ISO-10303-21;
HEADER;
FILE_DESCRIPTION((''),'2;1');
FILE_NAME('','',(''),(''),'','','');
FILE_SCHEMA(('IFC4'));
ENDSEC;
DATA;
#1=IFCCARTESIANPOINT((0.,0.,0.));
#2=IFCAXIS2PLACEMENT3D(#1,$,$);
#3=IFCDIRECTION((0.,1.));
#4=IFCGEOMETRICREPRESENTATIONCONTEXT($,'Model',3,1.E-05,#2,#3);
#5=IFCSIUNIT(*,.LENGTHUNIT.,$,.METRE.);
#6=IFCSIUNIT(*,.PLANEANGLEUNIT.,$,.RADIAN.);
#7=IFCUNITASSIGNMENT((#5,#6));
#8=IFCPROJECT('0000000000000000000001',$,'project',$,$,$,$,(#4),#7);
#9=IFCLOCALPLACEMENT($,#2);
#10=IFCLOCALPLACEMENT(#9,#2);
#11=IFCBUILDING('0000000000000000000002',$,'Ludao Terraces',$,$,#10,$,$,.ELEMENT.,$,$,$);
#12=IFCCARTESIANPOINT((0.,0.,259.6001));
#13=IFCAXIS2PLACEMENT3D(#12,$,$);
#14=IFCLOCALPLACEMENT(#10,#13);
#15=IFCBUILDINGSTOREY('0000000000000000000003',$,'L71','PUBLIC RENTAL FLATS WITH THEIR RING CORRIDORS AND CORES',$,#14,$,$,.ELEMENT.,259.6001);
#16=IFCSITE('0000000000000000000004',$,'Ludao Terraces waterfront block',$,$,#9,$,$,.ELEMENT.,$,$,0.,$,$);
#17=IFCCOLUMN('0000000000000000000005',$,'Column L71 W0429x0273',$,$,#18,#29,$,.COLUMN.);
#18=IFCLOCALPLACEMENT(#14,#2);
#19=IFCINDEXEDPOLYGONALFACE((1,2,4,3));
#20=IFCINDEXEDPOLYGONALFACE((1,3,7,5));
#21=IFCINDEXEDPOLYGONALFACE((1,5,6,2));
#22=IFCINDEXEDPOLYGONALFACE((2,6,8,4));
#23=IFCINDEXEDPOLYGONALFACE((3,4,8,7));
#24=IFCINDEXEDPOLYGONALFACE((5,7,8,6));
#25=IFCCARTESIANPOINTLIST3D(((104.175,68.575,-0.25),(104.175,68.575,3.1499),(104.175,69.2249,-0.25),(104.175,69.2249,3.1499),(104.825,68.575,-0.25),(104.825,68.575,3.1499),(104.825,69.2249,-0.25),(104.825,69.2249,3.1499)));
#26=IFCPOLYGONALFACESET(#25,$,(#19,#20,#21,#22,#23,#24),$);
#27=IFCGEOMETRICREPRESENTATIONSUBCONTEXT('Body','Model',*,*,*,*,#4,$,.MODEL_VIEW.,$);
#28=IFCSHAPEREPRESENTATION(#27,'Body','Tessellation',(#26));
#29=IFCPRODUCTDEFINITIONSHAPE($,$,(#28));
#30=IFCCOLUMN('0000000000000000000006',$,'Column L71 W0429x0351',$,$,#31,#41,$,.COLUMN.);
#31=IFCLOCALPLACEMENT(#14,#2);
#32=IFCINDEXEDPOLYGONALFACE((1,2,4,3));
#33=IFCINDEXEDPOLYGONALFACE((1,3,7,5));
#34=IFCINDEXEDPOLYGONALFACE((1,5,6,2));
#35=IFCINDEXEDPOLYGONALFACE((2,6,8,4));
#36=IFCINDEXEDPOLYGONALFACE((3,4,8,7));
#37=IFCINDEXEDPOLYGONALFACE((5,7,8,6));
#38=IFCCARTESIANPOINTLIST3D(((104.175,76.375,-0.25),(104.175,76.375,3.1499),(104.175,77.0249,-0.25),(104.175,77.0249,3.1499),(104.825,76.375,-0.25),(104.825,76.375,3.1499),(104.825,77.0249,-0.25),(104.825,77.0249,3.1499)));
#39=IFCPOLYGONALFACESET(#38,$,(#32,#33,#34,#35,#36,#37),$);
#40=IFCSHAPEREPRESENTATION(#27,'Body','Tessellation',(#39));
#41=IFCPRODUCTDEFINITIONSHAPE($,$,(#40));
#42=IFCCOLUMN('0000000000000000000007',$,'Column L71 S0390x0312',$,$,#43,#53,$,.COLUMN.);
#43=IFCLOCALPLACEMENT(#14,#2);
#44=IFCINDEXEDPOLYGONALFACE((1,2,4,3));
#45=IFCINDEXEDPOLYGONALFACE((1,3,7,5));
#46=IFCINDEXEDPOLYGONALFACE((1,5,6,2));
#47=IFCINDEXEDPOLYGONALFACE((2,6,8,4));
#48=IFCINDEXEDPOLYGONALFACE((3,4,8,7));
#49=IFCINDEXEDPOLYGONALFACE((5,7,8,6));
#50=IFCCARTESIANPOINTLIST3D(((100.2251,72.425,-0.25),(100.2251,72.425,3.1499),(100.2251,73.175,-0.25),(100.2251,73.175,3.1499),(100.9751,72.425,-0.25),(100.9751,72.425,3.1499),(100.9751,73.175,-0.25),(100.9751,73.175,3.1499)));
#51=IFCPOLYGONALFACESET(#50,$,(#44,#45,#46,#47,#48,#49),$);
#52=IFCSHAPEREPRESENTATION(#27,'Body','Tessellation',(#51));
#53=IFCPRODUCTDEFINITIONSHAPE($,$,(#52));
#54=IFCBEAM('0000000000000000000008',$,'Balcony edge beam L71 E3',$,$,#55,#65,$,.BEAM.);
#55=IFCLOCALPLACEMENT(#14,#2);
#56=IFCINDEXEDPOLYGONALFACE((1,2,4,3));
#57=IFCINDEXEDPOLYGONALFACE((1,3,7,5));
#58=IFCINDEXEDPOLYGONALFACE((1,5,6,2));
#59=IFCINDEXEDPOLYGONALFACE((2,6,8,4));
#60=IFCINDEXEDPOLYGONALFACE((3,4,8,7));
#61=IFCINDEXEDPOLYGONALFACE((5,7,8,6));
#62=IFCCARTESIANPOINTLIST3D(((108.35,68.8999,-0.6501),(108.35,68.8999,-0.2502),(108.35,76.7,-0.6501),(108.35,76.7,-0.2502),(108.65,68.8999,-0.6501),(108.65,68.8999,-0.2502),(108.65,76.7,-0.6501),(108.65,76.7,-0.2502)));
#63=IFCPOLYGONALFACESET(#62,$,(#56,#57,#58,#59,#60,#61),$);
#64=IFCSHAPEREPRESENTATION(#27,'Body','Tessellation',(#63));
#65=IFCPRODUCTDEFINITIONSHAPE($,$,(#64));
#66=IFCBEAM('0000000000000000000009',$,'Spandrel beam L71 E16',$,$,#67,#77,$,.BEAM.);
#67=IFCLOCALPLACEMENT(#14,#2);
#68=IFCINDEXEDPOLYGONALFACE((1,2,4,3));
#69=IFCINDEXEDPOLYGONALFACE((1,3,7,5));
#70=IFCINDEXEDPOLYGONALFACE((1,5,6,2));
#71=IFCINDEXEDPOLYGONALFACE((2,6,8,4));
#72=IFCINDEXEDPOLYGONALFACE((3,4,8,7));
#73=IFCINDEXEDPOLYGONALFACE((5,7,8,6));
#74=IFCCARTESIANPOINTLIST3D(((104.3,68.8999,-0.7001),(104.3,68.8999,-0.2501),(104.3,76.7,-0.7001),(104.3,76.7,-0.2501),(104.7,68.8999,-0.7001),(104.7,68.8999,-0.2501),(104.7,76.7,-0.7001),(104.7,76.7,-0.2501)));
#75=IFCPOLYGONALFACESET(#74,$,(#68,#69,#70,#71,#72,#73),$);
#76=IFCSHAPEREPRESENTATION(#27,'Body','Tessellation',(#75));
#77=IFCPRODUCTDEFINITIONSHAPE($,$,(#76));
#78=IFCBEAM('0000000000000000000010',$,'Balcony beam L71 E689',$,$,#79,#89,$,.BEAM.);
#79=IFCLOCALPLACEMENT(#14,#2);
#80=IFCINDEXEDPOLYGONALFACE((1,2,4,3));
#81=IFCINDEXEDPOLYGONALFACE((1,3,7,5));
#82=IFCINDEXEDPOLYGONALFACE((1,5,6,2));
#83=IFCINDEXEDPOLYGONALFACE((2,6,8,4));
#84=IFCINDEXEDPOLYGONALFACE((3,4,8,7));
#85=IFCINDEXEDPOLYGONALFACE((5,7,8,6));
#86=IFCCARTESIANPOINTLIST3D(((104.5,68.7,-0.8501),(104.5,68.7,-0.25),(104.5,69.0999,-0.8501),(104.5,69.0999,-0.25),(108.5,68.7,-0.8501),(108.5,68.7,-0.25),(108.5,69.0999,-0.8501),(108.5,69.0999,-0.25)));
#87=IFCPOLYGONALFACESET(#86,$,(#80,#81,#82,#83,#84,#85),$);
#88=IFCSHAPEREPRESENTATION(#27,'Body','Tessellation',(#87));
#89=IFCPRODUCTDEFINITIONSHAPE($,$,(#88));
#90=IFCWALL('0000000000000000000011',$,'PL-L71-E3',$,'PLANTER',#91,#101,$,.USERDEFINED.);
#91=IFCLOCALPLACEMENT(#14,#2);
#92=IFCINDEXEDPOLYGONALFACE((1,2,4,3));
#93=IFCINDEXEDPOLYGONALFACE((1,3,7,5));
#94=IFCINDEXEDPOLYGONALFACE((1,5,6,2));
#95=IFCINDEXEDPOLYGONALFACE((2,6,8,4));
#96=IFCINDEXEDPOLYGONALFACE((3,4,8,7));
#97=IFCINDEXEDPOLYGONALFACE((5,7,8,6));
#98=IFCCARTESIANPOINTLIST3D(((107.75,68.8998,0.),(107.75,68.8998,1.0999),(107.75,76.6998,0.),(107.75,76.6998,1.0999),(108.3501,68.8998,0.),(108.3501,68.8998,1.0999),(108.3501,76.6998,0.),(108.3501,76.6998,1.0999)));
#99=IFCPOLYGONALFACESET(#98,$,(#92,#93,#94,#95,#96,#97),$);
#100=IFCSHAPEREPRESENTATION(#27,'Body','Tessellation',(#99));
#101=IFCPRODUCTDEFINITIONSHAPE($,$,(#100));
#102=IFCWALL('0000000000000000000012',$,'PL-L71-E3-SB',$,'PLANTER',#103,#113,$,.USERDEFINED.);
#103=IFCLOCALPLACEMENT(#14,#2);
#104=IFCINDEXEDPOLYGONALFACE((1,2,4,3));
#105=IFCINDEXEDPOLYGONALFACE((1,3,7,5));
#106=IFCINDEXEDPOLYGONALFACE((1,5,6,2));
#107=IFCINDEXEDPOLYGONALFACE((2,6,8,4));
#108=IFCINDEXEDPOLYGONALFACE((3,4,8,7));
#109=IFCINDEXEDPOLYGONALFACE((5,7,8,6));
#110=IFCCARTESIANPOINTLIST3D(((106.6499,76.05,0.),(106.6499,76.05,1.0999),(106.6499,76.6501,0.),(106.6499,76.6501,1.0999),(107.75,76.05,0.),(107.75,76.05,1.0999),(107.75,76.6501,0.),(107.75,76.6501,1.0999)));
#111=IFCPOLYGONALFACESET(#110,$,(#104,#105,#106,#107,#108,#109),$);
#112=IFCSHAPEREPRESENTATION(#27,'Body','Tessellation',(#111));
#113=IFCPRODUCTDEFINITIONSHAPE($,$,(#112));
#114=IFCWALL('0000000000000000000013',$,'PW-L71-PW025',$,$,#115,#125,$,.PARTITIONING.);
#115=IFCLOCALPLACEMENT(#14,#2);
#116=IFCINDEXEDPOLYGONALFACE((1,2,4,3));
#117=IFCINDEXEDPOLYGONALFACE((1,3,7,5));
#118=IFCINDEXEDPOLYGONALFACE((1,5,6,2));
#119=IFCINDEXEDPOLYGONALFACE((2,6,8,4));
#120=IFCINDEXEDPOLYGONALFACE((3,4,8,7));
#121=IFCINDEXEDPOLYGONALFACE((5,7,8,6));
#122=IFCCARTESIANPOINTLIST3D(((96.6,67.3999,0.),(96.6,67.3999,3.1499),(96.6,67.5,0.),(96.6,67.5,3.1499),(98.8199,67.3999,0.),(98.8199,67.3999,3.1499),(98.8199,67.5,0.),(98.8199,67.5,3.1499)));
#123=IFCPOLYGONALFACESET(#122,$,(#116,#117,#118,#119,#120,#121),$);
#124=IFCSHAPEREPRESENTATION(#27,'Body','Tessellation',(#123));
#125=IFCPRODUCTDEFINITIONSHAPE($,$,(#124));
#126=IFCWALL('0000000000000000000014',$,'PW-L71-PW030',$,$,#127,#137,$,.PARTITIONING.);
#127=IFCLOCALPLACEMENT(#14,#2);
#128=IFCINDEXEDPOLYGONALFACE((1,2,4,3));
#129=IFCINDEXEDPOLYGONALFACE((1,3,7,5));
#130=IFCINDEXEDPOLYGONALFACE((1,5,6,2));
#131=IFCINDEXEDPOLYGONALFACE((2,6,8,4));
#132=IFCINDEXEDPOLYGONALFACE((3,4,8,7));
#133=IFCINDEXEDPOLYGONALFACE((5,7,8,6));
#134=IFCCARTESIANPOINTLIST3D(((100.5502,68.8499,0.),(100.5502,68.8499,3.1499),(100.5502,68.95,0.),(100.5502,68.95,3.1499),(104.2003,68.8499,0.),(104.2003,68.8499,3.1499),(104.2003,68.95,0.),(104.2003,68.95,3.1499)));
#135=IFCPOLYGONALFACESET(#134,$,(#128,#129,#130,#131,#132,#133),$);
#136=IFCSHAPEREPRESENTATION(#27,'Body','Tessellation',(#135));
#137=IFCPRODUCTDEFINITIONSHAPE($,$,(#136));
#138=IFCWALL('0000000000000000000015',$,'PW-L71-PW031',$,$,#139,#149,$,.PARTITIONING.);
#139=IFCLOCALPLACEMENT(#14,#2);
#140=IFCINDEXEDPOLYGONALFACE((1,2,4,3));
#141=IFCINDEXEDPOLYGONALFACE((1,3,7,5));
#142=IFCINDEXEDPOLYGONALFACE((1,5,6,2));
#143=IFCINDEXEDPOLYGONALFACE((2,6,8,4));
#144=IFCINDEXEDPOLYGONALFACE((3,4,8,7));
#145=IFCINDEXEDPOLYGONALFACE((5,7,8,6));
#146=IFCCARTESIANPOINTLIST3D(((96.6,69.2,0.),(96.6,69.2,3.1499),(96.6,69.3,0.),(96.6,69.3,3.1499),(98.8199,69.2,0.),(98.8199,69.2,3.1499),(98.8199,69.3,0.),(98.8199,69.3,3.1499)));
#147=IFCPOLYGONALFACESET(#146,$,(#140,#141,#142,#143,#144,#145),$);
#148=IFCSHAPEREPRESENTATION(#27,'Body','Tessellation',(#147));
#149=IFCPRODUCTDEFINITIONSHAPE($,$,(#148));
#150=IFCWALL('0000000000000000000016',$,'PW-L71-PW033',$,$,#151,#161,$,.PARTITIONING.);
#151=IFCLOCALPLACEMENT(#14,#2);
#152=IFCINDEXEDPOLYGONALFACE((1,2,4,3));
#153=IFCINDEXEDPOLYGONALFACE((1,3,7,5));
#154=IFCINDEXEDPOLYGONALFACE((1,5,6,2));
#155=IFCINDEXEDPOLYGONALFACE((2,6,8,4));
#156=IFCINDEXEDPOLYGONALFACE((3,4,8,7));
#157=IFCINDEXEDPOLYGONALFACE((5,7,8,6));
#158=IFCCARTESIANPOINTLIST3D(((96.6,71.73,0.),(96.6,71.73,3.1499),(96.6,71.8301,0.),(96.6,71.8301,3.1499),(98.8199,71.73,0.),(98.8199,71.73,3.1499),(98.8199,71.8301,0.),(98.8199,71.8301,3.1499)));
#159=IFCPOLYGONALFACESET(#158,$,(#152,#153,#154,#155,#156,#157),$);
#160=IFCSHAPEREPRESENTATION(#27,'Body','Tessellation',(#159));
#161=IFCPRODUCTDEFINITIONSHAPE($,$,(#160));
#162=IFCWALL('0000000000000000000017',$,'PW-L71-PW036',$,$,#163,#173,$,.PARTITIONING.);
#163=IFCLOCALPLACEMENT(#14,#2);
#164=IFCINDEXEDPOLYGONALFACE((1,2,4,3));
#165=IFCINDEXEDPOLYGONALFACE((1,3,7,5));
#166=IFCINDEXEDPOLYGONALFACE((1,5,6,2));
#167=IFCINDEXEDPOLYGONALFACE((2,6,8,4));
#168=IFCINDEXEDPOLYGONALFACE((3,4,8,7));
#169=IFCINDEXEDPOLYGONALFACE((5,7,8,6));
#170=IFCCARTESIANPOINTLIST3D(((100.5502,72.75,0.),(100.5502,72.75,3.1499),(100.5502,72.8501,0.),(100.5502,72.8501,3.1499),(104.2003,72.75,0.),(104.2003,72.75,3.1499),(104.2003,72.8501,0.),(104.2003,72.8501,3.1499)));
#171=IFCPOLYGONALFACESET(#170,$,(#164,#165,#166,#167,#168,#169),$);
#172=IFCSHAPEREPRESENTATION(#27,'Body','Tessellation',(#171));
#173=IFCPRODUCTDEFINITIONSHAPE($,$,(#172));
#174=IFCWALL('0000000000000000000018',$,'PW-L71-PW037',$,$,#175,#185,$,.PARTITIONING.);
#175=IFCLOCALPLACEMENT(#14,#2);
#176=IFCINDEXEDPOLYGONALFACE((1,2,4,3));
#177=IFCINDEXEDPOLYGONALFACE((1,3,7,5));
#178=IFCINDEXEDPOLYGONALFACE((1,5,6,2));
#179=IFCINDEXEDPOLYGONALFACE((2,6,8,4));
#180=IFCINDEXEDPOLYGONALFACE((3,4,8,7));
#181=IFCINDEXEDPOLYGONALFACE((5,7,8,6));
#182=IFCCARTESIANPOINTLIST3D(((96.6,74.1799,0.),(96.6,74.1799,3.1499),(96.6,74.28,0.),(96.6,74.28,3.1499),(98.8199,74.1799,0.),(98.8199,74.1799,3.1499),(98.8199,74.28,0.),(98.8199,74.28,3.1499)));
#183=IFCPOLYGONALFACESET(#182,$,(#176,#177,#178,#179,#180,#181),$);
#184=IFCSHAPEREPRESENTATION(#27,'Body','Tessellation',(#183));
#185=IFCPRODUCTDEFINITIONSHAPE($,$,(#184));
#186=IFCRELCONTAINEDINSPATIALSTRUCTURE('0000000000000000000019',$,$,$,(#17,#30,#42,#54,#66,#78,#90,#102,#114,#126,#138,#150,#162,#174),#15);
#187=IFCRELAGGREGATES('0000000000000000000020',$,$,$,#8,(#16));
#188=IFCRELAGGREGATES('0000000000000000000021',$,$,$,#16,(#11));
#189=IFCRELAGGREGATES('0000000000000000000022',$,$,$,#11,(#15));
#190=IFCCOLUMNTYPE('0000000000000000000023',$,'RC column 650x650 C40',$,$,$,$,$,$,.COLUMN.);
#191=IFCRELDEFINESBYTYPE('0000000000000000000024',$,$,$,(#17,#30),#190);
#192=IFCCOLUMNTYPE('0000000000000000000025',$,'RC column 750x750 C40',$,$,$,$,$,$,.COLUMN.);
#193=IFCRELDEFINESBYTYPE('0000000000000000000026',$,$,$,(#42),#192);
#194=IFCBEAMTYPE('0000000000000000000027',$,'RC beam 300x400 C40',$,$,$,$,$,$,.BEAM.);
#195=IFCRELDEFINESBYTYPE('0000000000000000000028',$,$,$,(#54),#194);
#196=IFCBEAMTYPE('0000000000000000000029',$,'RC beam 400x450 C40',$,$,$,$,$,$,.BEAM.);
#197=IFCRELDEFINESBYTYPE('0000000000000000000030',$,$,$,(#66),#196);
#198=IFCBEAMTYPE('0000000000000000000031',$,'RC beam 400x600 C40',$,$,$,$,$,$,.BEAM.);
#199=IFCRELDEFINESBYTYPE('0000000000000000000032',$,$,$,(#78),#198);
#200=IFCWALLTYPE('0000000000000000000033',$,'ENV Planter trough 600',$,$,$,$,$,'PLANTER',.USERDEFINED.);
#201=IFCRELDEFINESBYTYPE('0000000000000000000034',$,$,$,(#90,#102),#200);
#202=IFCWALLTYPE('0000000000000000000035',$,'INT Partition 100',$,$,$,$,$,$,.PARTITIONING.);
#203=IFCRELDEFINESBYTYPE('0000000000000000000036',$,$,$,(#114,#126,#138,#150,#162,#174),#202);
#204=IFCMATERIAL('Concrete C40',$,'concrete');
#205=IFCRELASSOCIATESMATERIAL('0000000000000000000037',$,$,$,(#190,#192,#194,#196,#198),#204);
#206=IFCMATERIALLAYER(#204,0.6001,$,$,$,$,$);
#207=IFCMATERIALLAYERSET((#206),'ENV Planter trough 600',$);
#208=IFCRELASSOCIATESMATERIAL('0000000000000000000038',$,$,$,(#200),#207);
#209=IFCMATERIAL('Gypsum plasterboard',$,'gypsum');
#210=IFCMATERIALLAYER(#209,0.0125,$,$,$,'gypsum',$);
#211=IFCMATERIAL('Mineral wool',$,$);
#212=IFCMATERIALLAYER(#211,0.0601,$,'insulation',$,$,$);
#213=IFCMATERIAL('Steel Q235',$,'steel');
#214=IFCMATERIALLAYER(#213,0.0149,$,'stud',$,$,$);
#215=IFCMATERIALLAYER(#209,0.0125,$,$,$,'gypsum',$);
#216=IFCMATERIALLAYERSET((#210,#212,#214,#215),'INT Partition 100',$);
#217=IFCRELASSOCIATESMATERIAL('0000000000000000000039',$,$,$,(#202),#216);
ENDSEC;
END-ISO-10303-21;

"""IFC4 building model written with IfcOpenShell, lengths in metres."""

from ifc_helpers import new_model, si_unit, direction, frame, frame_2d, origin, origin_2d, place, context, subcontext, project, spatial, rectangle, extrude, material, layer, layer_set, material_profile, profile_set, type_object, element, save


model = new_model("IFC4")

# Units and contexts
model_context = context("Model", 3, precision=1e-05, world=origin(), true_north=direction((0.0, 1.0)))
body_context = subcontext(model_context, "Body", "Model", "MODEL_VIEW")
ifc_project = project(units=[si_unit("LENGTHUNIT", "METRE"), si_unit("PLANEANGLEUNIT", "RADIAN")], contexts=[model_context])

# Site, building, storey
site_placement = place(None, origin())
site = spatial("IfcSite", under=ifc_project, at=site_placement, Name="Ludao Terraces waterfront block", CompositionType="ELEMENT", RefElevation=0.0)
building_placement = place(site_placement, origin())
building = spatial("IfcBuilding", under=site, at=building_placement, Name="Ludao Terraces", CompositionType="ELEMENT")
storey_placement = place(building_placement, frame((0.0, 0.0, 259.6001)))
storey = spatial("IfcBuildingStorey", under=building, at=storey_placement, Name="L71", Description="PUBLIC RENTAL FLATS WITH THEIR RING CORRIDORS AND CORES", CompositionType="ELEMENT", Elevation=259.6001)

# Columns
ifc_material_1 = material(Name="Concrete C40", Category="concrete")
ifc_material_profile_1 = material_profile(ifc_material_1, rectangle(XDim=0.6499, YDim=0.6499, at=origin_2d()), Name="650 X 650")
ifc_profile_set_1 = profile_set([ifc_material_profile_1], Name="Concrete C40")
column_type_1 = type_object("IfcColumnType", Name="RC column 650x650 C40", PredefinedType="COLUMN", material=ifc_profile_set_1)
for number, where, z_axis, x_axis, name in (
    (1, (104.5, 68.8999, -0.25), (0.0, 0.0, 1.0), (1.0, 0.0, 0.0), "Column L71 W0429x0273"),
    (2, (104.5, 76.7, -0.25), (0.0, 0.0, 1.0), (1.0, 0.0, 0.0), "Column L71 W0429x0351"),
):
    element("IfcColumn", number, at=place(storey_placement, frame(where, z_axis=z_axis, x_axis=x_axis)), inside=storey, type_object=column_type_1, Name=name, PredefinedType="COLUMN", context=body_context, shape_type="SweptSolid", body=[
        extrude(rectangle(XDim=0.6499, YDim=0.6499, at=origin_2d()), origin(), (0.0, 0.0, 1.0), 3.3999),
    ])
ifc_material_profile_2 = material_profile(ifc_material_1, rectangle(XDim=0.75, YDim=0.75, at=origin_2d()), Name="750 X 750")
ifc_profile_set_2 = profile_set([ifc_material_profile_2], Name="Concrete C40")
column_type_2 = type_object("IfcColumnType", Name="RC column 750x750 C40", PredefinedType="COLUMN", material=ifc_profile_set_2)
column_placement = place(storey_placement, frame((100.6001, 72.8, -0.25), z_axis=(0.0, 0.0, 1.0), x_axis=(1.0, 0.0, 0.0)))
element("IfcColumn", 3, at=column_placement, inside=storey, type_object=column_type_2, Name="Column L71 S0390x0312", PredefinedType="COLUMN", context=body_context, shape_type="SweptSolid", body=[
    extrude(rectangle(XDim=0.75, YDim=0.75, at=origin_2d()), origin(), (0.0, 0.0, 1.0), 3.3999),
])

# Beams
ifc_material_profile_3 = material_profile(ifc_material_1, rectangle(XDim=0.3, YDim=0.3999, at=origin_2d()), Name="300 X 400")
ifc_profile_set_3 = profile_set([ifc_material_profile_3], Name="Concrete C40")
beam_type_1 = type_object("IfcBeamType", Name="RC beam 300x400 C40", PredefinedType="BEAM", material=ifc_profile_set_3)
beam_1_placement = place(storey_placement, frame((108.5, 68.8999, -0.4502), z_axis=(0.0, 1.0, 0.0), x_axis=(-1.0, 0.0, 0.0)))
element("IfcBeam", 4, at=beam_1_placement, inside=storey, type_object=beam_type_1, Name="Balcony edge beam L71 E3", PredefinedType="BEAM", context=body_context, shape_type="SweptSolid", body=[
    extrude(rectangle(XDim=0.3, YDim=0.3999, at=origin_2d()), origin(), (0.0, 0.0, 1.0), 7.8),
])
ifc_material_profile_4 = material_profile(ifc_material_1, rectangle(XDim=0.3999, YDim=0.45, at=origin_2d()), Name="400 X 450")
ifc_profile_set_4 = profile_set([ifc_material_profile_4], Name="Concrete C40")
beam_type_2 = type_object("IfcBeamType", Name="RC beam 400x450 C40", PredefinedType="BEAM", material=ifc_profile_set_4)
beam_2_placement = place(storey_placement, frame((104.5, 68.8999, -0.4751), z_axis=(0.0, 1.0, 0.0), x_axis=(-1.0, 0.0, 0.0)))
element("IfcBeam", 5, at=beam_2_placement, inside=storey, type_object=beam_type_2, Name="Spandrel beam L71 E16", PredefinedType="BEAM", context=body_context, shape_type="SweptSolid", body=[
    extrude(rectangle(XDim=0.3999, YDim=0.45, at=origin_2d()), origin(), (0.0, 0.0, 1.0), 7.8),
])
ifc_material_profile_5 = material_profile(ifc_material_1, rectangle(XDim=0.3999, YDim=0.6001, at=origin_2d()), Name="400 X 600")
ifc_profile_set_5 = profile_set([ifc_material_profile_5], Name="Concrete C40")
beam_type_3 = type_object("IfcBeamType", Name="RC beam 400x600 C40", PredefinedType="BEAM", material=ifc_profile_set_5)
beam_3_placement = place(storey_placement, frame((104.5, 68.8999, -0.55), z_axis=(1.0, 0.0, 0.0), x_axis=(0.0, 1.0, 0.0)))
element("IfcBeam", 6, at=beam_3_placement, inside=storey, type_object=beam_type_3, Name="Balcony beam L71 E689", PredefinedType="BEAM", context=body_context, shape_type="SweptSolid", body=[
    extrude(rectangle(XDim=0.3999, YDim=0.6001, at=origin_2d()), origin(), (0.0, 0.0, 1.0), 4.0),
])

# Walls
ifc_layer_1 = layer(ifc_material_1, 0.6001)
ifc_layer_set_1 = layer_set([ifc_layer_1], Name="ENV Planter trough 600")
wall_type_1 = type_object("IfcWallType", Name="ENV Planter trough 600", ElementType="PLANTER", PredefinedType="USERDEFINED", material=ifc_layer_set_1)
wall_1_placement = place(storey_placement, frame((108.05, 68.8999, 0.0), z_axis=(0.0, 0.0, 1.0), x_axis=(0.0, 1.0, 0.0)))
element("IfcWall", 7, at=wall_1_placement, inside=storey, type_object=wall_type_1, Name="PL-L71-E3", ObjectType="PLANTER", PredefinedType="USERDEFINED", context=body_context, shape_type="SweptSolid", body=[
    extrude(rectangle(XDim=7.8, YDim=0.6001, at=frame_2d((3.8999, 0.0))), origin(), (0.0, 0.0, 1.0), 1.0999),
])
wall_2_placement = place(storey_placement, frame((107.75, 76.3501, 0.0), z_axis=(0.0, 0.0, 1.0), x_axis=(-1.0, 0.0, 0.0)))
element("IfcWall", 8, at=wall_2_placement, inside=storey, type_object=wall_type_1, Name="PL-L71-E3-SB", ObjectType="PLANTER", PredefinedType="USERDEFINED", context=body_context, shape_type="SweptSolid", body=[
    extrude(rectangle(XDim=1.1001, YDim=0.6001, at=frame_2d((0.55, 0.0))), origin(), (0.0, 0.0, 1.0), 1.0999),
])

# Shared definitions
ifc_material_2 = material(Name="Mineral wool")

# Walls
ifc_material_3 = material(Name="Gypsum plasterboard", Category="gypsum")
ifc_layer_2 = layer(ifc_material_3, 0.0125, Category="gypsum")
ifc_layer_3 = layer(ifc_material_2, 0.0601, Name="insulation")
ifc_material_4 = material(Name="Steel Q235", Category="steel")
ifc_layer_4 = layer(ifc_material_4, 0.0149, Name="stud")
ifc_layer_5 = layer(ifc_material_3, 0.0125, Category="gypsum")
ifc_layer_set_2 = layer_set([ifc_layer_2, ifc_layer_3, ifc_layer_4, ifc_layer_5], Name="INT Partition 100")
wall_type_2 = type_object("IfcWallType", Name="INT Partition 100", PredefinedType="PARTITIONING", material=ifc_layer_set_2)
wall_3_placement = place(storey_placement, frame((96.6001, 67.45, 0.0), z_axis=(0.0, 0.0, 1.0), x_axis=(1.0, 0.0, 0.0)))
element("IfcWall", 9, at=wall_3_placement, inside=storey, type_object=wall_type_2, Name="PW-L71-PW025", PredefinedType="PARTITIONING", context=body_context, shape_type="SweptSolid", body=[
    extrude(rectangle(XDim=2.22, YDim=0.1001, at=frame_2d((1.1099, 0.0))), origin(), (0.0, 0.0, 1.0), 3.1499),
])
wall_4_placement = place(storey_placement, frame((100.55, 68.8999, 0.0), z_axis=(0.0, 0.0, 1.0), x_axis=(1.0, 0.0, 0.0)))
element("IfcWall", 10, at=wall_4_placement, inside=storey, type_object=wall_type_2, Name="PW-L71-PW030", PredefinedType="PARTITIONING", context=body_context, shape_type="SweptSolid", body=[
    extrude(rectangle(XDim=3.6501, YDim=0.1001, at=frame_2d((1.8252, 0.0))), origin(), (0.0, 0.0, 1.0), 3.1499),
])
for number, where, z_axis, x_axis, name in (
    (11, (96.6001, 69.25, 0.0), (0.0, 0.0, 1.0), (1.0, 0.0, 0.0), "PW-L71-PW031"),
    (12, (96.6001, 71.78, 0.0), (0.0, 0.0, 1.0), (1.0, 0.0, 0.0), "PW-L71-PW033"),
):
    element("IfcWall", number, at=place(storey_placement, frame(where, z_axis=z_axis, x_axis=x_axis)), inside=storey, type_object=wall_type_2, Name=name, PredefinedType="PARTITIONING", context=body_context, shape_type="SweptSolid", body=[
        extrude(rectangle(XDim=2.22, YDim=0.1001, at=frame_2d((1.1099, 0.0))), origin(), (0.0, 0.0, 1.0), 3.1499),
    ])
wall_5_placement = place(storey_placement, frame((100.55, 72.8, 0.0), z_axis=(0.0, 0.0, 1.0), x_axis=(1.0, 0.0, 0.0)))
element("IfcWall", 13, at=wall_5_placement, inside=storey, type_object=wall_type_2, Name="PW-L71-PW036", PredefinedType="PARTITIONING", context=body_context, shape_type="SweptSolid", body=[
    extrude(rectangle(XDim=3.6501, YDim=0.1001, at=frame_2d((1.8252, 0.0))), origin(), (0.0, 0.0, 1.0), 3.1499),
])
wall_6_placement = place(storey_placement, frame((96.6001, 74.23, 0.0), z_axis=(0.0, 0.0, 1.0), x_axis=(1.0, 0.0, 0.0)))
element("IfcWall", 14, at=wall_6_placement, inside=storey, type_object=wall_type_2, Name="PW-L71-PW037", PredefinedType="PARTITIONING", context=body_context, shape_type="SweptSolid", body=[
    extrude(rectangle(XDim=2.22, YDim=0.1001, at=frame_2d((1.1099, 0.0))), origin(), (0.0, 0.0, 1.0), 3.1499),
])

save(model, "model.ifc")
